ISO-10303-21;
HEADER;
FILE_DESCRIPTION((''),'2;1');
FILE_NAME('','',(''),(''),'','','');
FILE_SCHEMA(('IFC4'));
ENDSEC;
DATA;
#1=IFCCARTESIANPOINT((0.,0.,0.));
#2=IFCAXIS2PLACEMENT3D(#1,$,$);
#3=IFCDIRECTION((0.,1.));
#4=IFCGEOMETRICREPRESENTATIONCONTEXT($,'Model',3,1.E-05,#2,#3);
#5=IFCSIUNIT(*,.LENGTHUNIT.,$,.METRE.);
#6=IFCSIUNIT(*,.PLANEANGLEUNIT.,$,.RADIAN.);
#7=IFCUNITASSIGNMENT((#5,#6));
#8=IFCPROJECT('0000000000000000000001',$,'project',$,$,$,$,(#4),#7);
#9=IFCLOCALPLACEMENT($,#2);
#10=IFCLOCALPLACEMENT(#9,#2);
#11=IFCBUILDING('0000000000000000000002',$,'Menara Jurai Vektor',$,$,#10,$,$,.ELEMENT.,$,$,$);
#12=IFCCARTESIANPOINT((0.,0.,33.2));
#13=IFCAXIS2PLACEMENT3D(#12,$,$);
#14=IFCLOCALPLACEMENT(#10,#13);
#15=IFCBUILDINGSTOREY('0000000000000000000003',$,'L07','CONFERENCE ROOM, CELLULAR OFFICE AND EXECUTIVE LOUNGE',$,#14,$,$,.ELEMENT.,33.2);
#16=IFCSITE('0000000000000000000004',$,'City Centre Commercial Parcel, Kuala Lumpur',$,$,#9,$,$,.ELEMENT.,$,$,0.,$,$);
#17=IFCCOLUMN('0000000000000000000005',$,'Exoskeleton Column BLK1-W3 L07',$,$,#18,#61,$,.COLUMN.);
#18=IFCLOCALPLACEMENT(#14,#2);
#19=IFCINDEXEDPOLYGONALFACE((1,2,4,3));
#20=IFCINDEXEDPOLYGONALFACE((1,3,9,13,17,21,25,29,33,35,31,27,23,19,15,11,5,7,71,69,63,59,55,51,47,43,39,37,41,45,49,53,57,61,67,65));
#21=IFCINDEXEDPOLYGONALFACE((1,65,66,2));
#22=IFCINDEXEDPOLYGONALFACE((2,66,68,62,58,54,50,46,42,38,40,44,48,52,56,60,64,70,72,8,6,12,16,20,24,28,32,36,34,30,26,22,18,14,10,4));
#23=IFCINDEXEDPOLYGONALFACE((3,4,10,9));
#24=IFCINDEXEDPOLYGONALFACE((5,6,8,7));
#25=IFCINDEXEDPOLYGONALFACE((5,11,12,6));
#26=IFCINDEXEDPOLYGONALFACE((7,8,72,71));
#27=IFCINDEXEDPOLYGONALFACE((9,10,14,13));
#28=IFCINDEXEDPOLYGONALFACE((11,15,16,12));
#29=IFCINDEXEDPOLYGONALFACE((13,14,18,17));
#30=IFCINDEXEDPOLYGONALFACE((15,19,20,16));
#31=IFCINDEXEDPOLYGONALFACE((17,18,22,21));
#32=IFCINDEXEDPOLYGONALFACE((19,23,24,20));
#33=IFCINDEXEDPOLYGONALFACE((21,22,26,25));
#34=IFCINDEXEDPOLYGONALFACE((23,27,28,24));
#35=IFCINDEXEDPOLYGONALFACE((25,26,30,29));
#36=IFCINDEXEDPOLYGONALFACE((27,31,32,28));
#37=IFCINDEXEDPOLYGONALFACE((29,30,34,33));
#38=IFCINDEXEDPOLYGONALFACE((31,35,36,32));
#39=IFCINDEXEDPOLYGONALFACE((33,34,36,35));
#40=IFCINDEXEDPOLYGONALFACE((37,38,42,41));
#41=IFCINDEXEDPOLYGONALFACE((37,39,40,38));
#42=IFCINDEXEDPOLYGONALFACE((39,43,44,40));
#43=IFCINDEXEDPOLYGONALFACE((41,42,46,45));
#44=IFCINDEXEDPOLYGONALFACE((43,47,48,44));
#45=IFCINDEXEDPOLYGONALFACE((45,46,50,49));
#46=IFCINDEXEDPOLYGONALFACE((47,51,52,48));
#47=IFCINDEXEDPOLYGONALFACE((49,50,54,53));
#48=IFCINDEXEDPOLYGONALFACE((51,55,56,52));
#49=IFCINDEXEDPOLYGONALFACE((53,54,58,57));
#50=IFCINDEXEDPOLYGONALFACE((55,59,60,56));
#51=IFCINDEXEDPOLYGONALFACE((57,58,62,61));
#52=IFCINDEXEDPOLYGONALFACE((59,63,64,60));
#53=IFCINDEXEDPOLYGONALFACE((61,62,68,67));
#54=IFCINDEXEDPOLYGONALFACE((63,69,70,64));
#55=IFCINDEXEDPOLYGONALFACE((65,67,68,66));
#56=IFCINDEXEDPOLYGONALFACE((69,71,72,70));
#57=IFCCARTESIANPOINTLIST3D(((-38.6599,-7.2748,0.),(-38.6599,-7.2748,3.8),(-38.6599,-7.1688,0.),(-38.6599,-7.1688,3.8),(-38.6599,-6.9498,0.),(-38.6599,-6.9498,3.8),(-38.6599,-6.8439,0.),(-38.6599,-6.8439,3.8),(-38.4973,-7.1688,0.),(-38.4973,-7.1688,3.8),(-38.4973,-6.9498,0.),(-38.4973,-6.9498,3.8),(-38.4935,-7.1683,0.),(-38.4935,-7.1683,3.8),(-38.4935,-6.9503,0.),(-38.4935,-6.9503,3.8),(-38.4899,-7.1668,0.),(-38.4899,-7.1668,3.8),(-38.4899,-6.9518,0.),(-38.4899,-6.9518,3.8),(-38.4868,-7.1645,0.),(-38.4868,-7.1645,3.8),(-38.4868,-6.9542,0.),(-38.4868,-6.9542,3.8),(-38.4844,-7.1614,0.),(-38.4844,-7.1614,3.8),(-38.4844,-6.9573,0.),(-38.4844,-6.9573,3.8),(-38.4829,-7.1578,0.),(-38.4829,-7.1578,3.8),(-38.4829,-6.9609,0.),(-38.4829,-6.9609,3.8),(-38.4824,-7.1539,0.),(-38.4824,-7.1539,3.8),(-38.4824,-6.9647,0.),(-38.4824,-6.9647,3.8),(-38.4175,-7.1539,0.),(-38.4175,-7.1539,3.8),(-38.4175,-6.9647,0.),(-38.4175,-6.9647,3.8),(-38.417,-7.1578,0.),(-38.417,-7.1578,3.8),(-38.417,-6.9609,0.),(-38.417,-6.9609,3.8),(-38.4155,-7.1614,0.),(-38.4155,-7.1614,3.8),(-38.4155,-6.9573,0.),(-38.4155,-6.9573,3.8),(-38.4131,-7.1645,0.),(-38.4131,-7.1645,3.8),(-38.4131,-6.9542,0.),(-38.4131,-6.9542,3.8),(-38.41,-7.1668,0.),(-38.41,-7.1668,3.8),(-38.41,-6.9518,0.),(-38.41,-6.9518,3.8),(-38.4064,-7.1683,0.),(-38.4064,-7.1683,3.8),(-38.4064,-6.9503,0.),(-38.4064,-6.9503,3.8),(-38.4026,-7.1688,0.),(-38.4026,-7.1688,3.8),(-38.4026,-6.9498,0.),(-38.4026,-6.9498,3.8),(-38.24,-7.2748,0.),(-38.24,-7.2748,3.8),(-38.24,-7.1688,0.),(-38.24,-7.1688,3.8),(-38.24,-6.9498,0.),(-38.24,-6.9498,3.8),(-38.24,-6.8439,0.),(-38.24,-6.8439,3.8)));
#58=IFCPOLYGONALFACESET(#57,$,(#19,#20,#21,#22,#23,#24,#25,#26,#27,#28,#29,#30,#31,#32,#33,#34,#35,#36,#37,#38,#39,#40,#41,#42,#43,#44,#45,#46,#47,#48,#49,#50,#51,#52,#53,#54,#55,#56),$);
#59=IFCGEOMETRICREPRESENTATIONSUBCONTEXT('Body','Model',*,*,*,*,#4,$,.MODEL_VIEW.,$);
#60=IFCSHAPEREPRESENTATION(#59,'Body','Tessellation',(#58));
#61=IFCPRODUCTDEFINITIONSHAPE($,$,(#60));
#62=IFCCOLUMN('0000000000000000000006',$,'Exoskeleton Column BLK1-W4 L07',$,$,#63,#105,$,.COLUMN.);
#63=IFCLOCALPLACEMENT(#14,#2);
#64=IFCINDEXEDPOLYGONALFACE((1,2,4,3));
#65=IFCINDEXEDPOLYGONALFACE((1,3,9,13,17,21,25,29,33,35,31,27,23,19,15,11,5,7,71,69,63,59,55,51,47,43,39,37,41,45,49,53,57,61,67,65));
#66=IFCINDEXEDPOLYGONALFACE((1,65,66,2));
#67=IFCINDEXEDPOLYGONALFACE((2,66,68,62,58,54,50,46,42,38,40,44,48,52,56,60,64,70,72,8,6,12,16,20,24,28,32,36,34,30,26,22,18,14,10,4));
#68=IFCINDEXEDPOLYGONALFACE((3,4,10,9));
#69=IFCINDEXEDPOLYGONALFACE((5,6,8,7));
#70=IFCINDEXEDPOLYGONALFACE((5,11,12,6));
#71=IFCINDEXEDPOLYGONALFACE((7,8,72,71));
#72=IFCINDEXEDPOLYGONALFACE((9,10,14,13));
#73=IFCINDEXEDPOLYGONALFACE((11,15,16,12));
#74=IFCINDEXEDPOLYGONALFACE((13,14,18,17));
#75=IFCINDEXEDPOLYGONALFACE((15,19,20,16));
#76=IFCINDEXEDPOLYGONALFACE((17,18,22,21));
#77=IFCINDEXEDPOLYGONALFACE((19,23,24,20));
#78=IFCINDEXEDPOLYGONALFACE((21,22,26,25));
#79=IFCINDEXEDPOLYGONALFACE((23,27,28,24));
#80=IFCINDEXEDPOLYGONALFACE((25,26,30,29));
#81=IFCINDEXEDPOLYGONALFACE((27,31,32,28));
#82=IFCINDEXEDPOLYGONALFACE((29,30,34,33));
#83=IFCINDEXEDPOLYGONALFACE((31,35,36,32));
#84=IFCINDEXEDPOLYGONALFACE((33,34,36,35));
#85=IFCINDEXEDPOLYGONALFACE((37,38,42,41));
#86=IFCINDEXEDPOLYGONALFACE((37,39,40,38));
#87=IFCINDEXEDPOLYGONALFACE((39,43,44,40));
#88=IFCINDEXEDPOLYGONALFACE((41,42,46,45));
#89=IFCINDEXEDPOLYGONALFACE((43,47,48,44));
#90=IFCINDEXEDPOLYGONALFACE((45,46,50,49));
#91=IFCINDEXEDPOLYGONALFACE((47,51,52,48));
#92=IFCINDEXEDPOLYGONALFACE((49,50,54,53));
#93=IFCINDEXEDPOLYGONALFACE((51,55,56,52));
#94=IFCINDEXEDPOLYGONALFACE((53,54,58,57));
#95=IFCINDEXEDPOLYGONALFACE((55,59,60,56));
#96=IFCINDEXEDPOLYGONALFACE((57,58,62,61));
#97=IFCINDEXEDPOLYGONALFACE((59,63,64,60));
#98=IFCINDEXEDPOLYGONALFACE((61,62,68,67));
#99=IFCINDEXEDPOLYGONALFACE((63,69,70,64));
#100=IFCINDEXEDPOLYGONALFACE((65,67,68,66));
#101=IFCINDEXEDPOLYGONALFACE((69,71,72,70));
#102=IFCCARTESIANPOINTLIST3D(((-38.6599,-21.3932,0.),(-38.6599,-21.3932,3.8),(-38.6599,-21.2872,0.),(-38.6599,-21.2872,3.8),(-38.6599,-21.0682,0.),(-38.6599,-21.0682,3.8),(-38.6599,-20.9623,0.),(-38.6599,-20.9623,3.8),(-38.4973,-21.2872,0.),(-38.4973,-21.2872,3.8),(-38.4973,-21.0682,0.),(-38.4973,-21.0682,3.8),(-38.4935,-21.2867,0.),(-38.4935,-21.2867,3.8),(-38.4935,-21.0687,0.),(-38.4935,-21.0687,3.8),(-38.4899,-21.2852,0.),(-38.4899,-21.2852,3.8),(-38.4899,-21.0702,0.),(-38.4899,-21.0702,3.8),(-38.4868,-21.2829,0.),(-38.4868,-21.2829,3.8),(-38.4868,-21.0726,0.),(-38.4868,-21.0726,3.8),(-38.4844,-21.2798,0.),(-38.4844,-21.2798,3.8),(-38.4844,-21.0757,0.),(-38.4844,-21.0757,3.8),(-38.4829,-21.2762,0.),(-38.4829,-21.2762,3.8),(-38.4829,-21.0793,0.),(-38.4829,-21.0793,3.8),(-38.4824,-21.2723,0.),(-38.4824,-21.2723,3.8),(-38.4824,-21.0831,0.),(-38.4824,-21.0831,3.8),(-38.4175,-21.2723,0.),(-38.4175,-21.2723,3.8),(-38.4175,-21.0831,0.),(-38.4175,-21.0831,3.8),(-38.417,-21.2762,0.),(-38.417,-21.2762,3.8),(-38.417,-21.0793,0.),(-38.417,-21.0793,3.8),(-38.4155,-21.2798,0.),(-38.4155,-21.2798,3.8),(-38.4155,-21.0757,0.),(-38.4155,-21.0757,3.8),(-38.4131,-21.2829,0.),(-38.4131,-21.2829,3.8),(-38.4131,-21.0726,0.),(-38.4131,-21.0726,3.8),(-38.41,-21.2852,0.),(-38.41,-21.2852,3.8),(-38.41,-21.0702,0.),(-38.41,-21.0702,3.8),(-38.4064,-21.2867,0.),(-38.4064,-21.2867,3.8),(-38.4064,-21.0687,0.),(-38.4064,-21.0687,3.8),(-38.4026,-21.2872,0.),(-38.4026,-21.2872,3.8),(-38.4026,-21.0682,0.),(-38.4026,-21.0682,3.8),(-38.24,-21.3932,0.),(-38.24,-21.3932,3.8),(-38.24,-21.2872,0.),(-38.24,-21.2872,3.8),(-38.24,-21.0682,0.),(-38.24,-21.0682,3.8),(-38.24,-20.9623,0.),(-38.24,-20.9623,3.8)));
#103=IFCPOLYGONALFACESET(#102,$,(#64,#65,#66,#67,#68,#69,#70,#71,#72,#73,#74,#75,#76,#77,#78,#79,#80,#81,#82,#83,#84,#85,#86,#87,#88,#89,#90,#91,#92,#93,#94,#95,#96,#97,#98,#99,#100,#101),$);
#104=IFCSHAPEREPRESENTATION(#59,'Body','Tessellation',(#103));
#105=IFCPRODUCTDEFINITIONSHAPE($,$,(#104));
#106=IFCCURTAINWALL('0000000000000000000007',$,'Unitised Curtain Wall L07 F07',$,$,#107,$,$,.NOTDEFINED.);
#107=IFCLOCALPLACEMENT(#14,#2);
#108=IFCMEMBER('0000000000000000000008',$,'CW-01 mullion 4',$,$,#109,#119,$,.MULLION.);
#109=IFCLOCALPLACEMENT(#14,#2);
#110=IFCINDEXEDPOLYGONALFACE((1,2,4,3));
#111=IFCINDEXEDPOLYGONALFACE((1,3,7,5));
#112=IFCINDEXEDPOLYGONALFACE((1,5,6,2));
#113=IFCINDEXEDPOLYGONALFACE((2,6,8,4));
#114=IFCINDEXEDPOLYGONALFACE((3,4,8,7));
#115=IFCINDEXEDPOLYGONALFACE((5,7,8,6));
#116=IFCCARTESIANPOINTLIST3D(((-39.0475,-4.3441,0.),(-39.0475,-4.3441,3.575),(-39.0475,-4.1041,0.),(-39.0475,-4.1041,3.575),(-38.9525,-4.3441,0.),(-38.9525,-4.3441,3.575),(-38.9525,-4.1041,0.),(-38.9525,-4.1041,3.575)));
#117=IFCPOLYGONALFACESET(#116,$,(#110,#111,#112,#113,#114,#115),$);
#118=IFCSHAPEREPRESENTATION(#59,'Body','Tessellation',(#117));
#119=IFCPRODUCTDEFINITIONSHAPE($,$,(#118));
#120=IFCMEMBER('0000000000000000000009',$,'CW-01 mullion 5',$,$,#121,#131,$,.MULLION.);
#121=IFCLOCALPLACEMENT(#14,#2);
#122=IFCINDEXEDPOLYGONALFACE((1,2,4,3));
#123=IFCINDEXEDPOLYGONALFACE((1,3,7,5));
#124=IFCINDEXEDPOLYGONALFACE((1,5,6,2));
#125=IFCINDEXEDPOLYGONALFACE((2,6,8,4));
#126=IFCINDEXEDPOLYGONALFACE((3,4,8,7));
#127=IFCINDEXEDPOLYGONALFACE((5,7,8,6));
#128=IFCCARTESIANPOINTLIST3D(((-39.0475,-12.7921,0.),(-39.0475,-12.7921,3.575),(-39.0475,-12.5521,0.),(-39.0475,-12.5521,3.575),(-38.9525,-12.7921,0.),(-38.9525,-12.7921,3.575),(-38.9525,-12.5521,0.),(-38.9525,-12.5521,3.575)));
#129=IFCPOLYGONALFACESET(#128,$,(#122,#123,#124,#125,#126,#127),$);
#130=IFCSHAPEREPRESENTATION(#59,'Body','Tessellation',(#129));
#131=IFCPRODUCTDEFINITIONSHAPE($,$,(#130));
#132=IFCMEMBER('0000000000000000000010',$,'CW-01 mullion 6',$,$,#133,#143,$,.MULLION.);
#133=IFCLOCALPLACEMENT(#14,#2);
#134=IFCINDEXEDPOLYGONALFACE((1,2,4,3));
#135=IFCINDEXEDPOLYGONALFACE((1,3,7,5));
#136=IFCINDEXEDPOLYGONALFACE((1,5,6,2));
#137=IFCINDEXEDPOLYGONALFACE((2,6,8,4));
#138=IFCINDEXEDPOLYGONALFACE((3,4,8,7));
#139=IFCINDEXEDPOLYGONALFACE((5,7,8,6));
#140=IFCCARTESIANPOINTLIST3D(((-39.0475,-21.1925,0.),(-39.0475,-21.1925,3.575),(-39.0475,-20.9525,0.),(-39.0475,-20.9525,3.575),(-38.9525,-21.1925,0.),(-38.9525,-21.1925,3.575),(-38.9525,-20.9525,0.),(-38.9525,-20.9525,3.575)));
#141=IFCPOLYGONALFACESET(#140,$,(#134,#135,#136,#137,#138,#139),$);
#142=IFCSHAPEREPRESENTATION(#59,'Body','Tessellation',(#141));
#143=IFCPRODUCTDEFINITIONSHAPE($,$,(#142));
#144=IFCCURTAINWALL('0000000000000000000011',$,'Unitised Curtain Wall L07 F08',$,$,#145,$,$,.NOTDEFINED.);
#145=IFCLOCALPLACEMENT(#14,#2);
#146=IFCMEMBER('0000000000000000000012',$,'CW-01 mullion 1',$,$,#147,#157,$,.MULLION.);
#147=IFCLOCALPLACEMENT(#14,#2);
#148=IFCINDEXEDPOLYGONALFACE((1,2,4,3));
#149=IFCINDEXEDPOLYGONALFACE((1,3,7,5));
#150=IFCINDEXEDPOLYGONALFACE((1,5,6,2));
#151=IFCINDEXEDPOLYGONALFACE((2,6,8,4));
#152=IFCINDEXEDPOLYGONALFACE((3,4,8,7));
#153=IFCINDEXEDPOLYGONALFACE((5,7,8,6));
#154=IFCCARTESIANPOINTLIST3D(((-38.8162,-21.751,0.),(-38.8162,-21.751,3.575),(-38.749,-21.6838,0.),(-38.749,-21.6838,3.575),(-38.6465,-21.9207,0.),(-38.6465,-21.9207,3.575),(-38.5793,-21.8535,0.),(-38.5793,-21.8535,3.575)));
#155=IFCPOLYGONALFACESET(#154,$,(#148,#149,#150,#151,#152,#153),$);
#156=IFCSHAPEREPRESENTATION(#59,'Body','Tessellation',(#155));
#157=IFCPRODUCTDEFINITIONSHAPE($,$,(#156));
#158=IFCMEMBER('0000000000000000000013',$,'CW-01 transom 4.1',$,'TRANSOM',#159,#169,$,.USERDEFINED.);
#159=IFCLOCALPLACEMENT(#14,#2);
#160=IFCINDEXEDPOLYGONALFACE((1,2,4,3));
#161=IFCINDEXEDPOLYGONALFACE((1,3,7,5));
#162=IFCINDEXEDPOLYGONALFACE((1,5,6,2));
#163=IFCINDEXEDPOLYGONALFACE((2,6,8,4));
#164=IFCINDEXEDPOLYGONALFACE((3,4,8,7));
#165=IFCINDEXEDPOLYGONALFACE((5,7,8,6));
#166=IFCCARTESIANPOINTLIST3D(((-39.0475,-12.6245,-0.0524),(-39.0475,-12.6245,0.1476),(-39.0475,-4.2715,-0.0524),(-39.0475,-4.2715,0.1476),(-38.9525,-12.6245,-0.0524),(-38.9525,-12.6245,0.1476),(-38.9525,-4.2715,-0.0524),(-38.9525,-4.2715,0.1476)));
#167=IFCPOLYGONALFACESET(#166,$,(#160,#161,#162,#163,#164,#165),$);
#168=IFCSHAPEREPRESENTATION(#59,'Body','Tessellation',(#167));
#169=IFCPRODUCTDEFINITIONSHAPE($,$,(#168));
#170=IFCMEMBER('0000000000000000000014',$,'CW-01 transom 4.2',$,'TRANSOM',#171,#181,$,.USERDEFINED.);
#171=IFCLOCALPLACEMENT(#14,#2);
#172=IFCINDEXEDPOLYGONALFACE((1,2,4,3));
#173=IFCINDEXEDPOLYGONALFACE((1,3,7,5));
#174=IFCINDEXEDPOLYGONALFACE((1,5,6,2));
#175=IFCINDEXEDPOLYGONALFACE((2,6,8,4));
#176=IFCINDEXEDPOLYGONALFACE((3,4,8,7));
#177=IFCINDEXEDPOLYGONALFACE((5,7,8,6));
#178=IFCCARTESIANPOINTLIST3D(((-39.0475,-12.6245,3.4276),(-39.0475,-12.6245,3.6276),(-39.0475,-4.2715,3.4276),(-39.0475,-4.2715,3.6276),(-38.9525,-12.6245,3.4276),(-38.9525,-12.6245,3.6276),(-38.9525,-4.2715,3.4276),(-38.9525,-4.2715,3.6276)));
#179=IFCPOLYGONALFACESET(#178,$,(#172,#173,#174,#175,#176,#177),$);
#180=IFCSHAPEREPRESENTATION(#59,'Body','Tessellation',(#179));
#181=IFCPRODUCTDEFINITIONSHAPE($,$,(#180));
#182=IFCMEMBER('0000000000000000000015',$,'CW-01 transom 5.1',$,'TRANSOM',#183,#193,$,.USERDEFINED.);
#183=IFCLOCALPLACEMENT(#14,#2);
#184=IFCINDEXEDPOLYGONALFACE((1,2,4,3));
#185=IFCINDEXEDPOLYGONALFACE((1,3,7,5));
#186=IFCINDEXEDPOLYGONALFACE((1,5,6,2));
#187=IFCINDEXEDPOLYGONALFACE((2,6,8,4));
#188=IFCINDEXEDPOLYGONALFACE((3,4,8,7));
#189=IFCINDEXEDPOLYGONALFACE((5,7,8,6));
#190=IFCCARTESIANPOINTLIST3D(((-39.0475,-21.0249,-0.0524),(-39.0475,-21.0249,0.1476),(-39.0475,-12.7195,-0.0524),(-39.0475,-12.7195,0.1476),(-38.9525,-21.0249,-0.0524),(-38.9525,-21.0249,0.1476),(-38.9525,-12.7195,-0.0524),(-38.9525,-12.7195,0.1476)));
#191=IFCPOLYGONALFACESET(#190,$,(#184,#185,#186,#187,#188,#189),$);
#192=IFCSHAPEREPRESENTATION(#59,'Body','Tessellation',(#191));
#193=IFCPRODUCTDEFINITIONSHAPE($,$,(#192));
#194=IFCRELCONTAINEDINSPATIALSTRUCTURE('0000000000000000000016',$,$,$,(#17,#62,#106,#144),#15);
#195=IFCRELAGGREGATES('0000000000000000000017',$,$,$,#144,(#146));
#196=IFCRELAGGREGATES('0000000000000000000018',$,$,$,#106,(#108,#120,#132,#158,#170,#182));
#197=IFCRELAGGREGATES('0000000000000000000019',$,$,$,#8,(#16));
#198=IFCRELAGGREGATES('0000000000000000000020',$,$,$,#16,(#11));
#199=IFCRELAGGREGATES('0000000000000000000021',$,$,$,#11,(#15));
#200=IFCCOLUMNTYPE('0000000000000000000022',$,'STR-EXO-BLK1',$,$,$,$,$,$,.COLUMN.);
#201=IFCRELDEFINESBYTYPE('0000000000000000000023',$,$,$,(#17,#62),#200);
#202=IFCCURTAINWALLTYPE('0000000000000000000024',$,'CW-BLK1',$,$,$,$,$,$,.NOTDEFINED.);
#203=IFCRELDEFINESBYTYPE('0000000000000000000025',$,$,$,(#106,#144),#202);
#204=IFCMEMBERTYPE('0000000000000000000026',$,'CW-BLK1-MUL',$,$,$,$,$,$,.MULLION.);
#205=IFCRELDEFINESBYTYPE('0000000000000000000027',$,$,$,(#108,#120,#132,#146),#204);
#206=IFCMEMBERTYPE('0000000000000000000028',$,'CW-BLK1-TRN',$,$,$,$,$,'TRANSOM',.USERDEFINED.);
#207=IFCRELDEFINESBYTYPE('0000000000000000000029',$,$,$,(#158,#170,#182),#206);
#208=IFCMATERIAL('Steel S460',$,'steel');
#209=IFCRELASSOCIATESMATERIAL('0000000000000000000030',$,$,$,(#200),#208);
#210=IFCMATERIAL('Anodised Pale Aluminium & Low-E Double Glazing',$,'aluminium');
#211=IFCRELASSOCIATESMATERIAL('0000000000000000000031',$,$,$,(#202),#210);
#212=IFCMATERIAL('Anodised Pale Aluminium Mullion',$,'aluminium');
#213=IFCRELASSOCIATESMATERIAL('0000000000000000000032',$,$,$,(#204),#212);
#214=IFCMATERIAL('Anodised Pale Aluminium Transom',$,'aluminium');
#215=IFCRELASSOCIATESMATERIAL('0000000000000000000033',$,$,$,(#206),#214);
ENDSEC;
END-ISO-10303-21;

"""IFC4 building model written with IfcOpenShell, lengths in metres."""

from ifc_helpers import new_model, si_unit, direction, frame, origin, origin_2d, place, context, subcontext, project, spatial, rectangle, i_section, extrude, material, material_profile, profile_set, type_object, element, aggregate, save


model = new_model("IFC4")

# Units and contexts
model_context = context("Model", 3, precision=1e-05, world=origin(), true_north=direction((0.0, 1.0)))
body_context = subcontext(model_context, "Body", "Model", "MODEL_VIEW")
ifc_project = project(units=[si_unit("LENGTHUNIT", "METRE"), si_unit("PLANEANGLEUNIT", "RADIAN")], contexts=[model_context])

# Site, building, storey
site_placement = place(None, origin())
site = spatial("IfcSite", under=ifc_project, at=site_placement, Name="City Centre Commercial Parcel, Kuala Lumpur", CompositionType="ELEMENT", RefElevation=0.0)
building_placement = place(site_placement, origin())
building = spatial("IfcBuilding", under=site, at=building_placement, Name="Menara Jurai Vektor", CompositionType="ELEMENT")
storey_placement = place(building_placement, frame((0.0, 0.0, 33.2)))
storey = spatial("IfcBuildingStorey", under=building, at=storey_placement, Name="L07", Description="CONFERENCE ROOM, CELLULAR OFFICE AND EXECUTIVE LOUNGE", CompositionType="ELEMENT", Elevation=33.2)

# Columns
ifc_material_1 = material(Name="Steel S460", Category="steel")
ifc_material_profile_1 = material_profile(ifc_material_1, i_section(OverallWidth=0.4199, OverallDepth=0.4309, WebThickness=0.0649, FlangeThickness=0.106, FilletRadius=0.0149, at=origin_2d()), Name="HD 400x900")
ifc_profile_set_1 = profile_set([ifc_material_profile_1], Name="Steel S460")
column_type = type_object("IfcColumnType", Name="STR-EXO-BLK1", PredefinedType="COLUMN", material=ifc_profile_set_1)
for number, where, z_axis, x_axis, name in (
    (1, (-38.45, -7.0593, 0.0), (0.0, 0.0, 1.0), (1.0, 0.0, 0.0), "Exoskeleton Column BLK1-W3 L07"),
    (2, (-38.45, -21.1777, 0.0), (0.0, 0.0, 1.0), (1.0, 0.0, 0.0), "Exoskeleton Column BLK1-W4 L07"),
):
    element("IfcColumn", number, at=place(storey_placement, frame(where, z_axis=z_axis, x_axis=x_axis)), inside=storey, type_object=column_type, Name=name, PredefinedType="COLUMN", context=body_context, shape_type="SweptSolid", body=[
        extrude(i_section(OverallWidth=0.4199, OverallDepth=0.4309, WebThickness=0.0649, FlangeThickness=0.106, FilletRadius=0.0149, at=origin_2d()), origin(), (0.0, 0.0, 1.0), 3.8),
    ])

# Curtain wall, members
ifc_material_2 = material(Name="Anodised Pale Aluminium & Low-E Double Glazing", Category="aluminium")
curtain_wall_type = type_object("IfcCurtainWallType", Name="CW-BLK1", PredefinedType="NOTDEFINED", material=ifc_material_2)
curtain_wall_1_placement = place(storey_placement, origin())
curtain_wall_1 = element("IfcCurtainWall", 3, at=curtain_wall_1_placement, inside=storey, type_object=curtain_wall_type, Name="Unitised Curtain Wall L07 F07", PredefinedType="NOTDEFINED")
ifc_material_3 = material(Name="Anodised Pale Aluminium Mullion", Category="aluminium")
ifc_material_profile_2 = material_profile(ifc_material_3, rectangle(XDim=0.095, YDim=0.24, at=origin_2d()), Name="ALU MUL 95x240")
ifc_profile_set_2 = profile_set([ifc_material_profile_2], Name="Anodised Pale Aluminium Mullion")
member_type_1 = type_object("IfcMemberType", Name="CW-BLK1-MUL", PredefinedType="MULLION", material=ifc_profile_set_2)
member_1_placement = place(storey_placement, frame((-39.0, -4.2241, 0.0), z_axis=(0.0, 0.0, 1.0), x_axis=(1.0, 0.0, 0.0)))
member_1 = element("IfcMember", 4, at=member_1_placement, type_object=member_type_1, Name="CW-01 mullion 4", PredefinedType="MULLION", context=body_context, shape_type="SweptSolid", body=[
    extrude(rectangle(XDim=0.095, YDim=0.24, at=origin_2d()), origin(), (0.0, 0.0, 1.0), 3.575),
])
member_2_placement = place(storey_placement, frame((-39.0, -12.6721, 0.0), z_axis=(0.0, 0.0, 1.0), x_axis=(1.0, 0.0, 0.0)))
member_2 = element("IfcMember", 5, at=member_2_placement, type_object=member_type_1, Name="CW-01 mullion 5", PredefinedType="MULLION", context=body_context, shape_type="SweptSolid", body=[
    extrude(rectangle(XDim=0.095, YDim=0.24, at=origin_2d()), origin(), (0.0, 0.0, 1.0), 3.575),
])
member_3_placement = place(storey_placement, frame((-39.0, -21.0725, 0.0), z_axis=(0.0, 0.0, 1.0), x_axis=(1.0, 0.0, 0.0)))
member_3 = element("IfcMember", 6, at=member_3_placement, type_object=member_type_1, Name="CW-01 mullion 6", PredefinedType="MULLION", context=body_context, shape_type="SweptSolid", body=[
    extrude(rectangle(XDim=0.095, YDim=0.24, at=origin_2d()), origin(), (0.0, 0.0, 1.0), 3.575),
])

# Curtain wall, member
curtain_wall_2_placement = place(storey_placement, origin())
curtain_wall_2 = element("IfcCurtainWall", 7, at=curtain_wall_2_placement, inside=storey, type_object=curtain_wall_type, Name="Unitised Curtain Wall L07 F08", PredefinedType="NOTDEFINED")
member_4_placement = place(storey_placement, frame((-38.6978, -21.8022, 0.0), z_axis=(0.0, 0.0, 1.0), x_axis=(0.707107, 0.707107, 0.0)))
member_4 = element("IfcMember", 8, at=member_4_placement, type_object=member_type_1, Name="CW-01 mullion 1", PredefinedType="MULLION", context=body_context, shape_type="SweptSolid", body=[
    extrude(rectangle(XDim=0.095, YDim=0.24, at=origin_2d()), origin(), (0.0, 0.0, 1.0), 3.575),
])
aggregate(curtain_wall_2, [member_4])

# Members
ifc_material_4 = material(Name="Anodised Pale Aluminium Transom", Category="aluminium")
ifc_material_profile_3 = material_profile(ifc_material_4, rectangle(XDim=0.095, YDim=0.2, at=origin_2d()), Name="ALU TRN 95x200")
ifc_profile_set_3 = profile_set([ifc_material_profile_3], Name="Anodised Pale Aluminium Transom")
member_type_2 = type_object("IfcMemberType", Name="CW-BLK1-TRN", ElementType="TRANSOM", PredefinedType="USERDEFINED", material=ifc_profile_set_3)
member_5_placement = place(storey_placement, frame((-39.0, -4.2715, 0.0476), z_axis=(0.0, -1.0, 0.0), x_axis=(1.0, 0.0, 0.0)))
member_5 = element("IfcMember", 9, at=member_5_placement, type_object=member_type_2, Name="CW-01 transom 4.1", ObjectType="TRANSOM", PredefinedType="USERDEFINED", context=body_context, shape_type="SweptSolid", body=[
    extrude(rectangle(XDim=0.095, YDim=0.2, at=origin_2d()), origin(), (0.0, 0.0, 1.0), 8.353),
])
member_6_placement = place(storey_placement, frame((-39.0, -4.2715, 3.5276), z_axis=(0.0, -1.0, 0.0), x_axis=(1.0, 0.0, 0.0)))
member_6 = element("IfcMember", 10, at=member_6_placement, type_object=member_type_2, Name="CW-01 transom 4.2", ObjectType="TRANSOM", PredefinedType="USERDEFINED", context=body_context, shape_type="SweptSolid", body=[
    extrude(rectangle(XDim=0.095, YDim=0.2, at=origin_2d()), origin(), (0.0, 0.0, 1.0), 8.353),
])
member_7_placement = place(storey_placement, frame((-39.0, -12.7195, 0.0476), z_axis=(0.0, -1.0, 0.0), x_axis=(1.0, 0.0, 0.0)))
member_7 = element("IfcMember", 11, at=member_7_placement, type_object=member_type_2, Name="CW-01 transom 5.1", ObjectType="TRANSOM", PredefinedType="USERDEFINED", context=body_context, shape_type="SweptSolid", body=[
    extrude(rectangle(XDim=0.095, YDim=0.2, at=origin_2d()), origin(), (0.0, 0.0, 1.0), 8.3054),
])

aggregate(curtain_wall_1, [member_1, member_2, member_3, member_5, member_6, member_7])

save(model, "model.ifc")
